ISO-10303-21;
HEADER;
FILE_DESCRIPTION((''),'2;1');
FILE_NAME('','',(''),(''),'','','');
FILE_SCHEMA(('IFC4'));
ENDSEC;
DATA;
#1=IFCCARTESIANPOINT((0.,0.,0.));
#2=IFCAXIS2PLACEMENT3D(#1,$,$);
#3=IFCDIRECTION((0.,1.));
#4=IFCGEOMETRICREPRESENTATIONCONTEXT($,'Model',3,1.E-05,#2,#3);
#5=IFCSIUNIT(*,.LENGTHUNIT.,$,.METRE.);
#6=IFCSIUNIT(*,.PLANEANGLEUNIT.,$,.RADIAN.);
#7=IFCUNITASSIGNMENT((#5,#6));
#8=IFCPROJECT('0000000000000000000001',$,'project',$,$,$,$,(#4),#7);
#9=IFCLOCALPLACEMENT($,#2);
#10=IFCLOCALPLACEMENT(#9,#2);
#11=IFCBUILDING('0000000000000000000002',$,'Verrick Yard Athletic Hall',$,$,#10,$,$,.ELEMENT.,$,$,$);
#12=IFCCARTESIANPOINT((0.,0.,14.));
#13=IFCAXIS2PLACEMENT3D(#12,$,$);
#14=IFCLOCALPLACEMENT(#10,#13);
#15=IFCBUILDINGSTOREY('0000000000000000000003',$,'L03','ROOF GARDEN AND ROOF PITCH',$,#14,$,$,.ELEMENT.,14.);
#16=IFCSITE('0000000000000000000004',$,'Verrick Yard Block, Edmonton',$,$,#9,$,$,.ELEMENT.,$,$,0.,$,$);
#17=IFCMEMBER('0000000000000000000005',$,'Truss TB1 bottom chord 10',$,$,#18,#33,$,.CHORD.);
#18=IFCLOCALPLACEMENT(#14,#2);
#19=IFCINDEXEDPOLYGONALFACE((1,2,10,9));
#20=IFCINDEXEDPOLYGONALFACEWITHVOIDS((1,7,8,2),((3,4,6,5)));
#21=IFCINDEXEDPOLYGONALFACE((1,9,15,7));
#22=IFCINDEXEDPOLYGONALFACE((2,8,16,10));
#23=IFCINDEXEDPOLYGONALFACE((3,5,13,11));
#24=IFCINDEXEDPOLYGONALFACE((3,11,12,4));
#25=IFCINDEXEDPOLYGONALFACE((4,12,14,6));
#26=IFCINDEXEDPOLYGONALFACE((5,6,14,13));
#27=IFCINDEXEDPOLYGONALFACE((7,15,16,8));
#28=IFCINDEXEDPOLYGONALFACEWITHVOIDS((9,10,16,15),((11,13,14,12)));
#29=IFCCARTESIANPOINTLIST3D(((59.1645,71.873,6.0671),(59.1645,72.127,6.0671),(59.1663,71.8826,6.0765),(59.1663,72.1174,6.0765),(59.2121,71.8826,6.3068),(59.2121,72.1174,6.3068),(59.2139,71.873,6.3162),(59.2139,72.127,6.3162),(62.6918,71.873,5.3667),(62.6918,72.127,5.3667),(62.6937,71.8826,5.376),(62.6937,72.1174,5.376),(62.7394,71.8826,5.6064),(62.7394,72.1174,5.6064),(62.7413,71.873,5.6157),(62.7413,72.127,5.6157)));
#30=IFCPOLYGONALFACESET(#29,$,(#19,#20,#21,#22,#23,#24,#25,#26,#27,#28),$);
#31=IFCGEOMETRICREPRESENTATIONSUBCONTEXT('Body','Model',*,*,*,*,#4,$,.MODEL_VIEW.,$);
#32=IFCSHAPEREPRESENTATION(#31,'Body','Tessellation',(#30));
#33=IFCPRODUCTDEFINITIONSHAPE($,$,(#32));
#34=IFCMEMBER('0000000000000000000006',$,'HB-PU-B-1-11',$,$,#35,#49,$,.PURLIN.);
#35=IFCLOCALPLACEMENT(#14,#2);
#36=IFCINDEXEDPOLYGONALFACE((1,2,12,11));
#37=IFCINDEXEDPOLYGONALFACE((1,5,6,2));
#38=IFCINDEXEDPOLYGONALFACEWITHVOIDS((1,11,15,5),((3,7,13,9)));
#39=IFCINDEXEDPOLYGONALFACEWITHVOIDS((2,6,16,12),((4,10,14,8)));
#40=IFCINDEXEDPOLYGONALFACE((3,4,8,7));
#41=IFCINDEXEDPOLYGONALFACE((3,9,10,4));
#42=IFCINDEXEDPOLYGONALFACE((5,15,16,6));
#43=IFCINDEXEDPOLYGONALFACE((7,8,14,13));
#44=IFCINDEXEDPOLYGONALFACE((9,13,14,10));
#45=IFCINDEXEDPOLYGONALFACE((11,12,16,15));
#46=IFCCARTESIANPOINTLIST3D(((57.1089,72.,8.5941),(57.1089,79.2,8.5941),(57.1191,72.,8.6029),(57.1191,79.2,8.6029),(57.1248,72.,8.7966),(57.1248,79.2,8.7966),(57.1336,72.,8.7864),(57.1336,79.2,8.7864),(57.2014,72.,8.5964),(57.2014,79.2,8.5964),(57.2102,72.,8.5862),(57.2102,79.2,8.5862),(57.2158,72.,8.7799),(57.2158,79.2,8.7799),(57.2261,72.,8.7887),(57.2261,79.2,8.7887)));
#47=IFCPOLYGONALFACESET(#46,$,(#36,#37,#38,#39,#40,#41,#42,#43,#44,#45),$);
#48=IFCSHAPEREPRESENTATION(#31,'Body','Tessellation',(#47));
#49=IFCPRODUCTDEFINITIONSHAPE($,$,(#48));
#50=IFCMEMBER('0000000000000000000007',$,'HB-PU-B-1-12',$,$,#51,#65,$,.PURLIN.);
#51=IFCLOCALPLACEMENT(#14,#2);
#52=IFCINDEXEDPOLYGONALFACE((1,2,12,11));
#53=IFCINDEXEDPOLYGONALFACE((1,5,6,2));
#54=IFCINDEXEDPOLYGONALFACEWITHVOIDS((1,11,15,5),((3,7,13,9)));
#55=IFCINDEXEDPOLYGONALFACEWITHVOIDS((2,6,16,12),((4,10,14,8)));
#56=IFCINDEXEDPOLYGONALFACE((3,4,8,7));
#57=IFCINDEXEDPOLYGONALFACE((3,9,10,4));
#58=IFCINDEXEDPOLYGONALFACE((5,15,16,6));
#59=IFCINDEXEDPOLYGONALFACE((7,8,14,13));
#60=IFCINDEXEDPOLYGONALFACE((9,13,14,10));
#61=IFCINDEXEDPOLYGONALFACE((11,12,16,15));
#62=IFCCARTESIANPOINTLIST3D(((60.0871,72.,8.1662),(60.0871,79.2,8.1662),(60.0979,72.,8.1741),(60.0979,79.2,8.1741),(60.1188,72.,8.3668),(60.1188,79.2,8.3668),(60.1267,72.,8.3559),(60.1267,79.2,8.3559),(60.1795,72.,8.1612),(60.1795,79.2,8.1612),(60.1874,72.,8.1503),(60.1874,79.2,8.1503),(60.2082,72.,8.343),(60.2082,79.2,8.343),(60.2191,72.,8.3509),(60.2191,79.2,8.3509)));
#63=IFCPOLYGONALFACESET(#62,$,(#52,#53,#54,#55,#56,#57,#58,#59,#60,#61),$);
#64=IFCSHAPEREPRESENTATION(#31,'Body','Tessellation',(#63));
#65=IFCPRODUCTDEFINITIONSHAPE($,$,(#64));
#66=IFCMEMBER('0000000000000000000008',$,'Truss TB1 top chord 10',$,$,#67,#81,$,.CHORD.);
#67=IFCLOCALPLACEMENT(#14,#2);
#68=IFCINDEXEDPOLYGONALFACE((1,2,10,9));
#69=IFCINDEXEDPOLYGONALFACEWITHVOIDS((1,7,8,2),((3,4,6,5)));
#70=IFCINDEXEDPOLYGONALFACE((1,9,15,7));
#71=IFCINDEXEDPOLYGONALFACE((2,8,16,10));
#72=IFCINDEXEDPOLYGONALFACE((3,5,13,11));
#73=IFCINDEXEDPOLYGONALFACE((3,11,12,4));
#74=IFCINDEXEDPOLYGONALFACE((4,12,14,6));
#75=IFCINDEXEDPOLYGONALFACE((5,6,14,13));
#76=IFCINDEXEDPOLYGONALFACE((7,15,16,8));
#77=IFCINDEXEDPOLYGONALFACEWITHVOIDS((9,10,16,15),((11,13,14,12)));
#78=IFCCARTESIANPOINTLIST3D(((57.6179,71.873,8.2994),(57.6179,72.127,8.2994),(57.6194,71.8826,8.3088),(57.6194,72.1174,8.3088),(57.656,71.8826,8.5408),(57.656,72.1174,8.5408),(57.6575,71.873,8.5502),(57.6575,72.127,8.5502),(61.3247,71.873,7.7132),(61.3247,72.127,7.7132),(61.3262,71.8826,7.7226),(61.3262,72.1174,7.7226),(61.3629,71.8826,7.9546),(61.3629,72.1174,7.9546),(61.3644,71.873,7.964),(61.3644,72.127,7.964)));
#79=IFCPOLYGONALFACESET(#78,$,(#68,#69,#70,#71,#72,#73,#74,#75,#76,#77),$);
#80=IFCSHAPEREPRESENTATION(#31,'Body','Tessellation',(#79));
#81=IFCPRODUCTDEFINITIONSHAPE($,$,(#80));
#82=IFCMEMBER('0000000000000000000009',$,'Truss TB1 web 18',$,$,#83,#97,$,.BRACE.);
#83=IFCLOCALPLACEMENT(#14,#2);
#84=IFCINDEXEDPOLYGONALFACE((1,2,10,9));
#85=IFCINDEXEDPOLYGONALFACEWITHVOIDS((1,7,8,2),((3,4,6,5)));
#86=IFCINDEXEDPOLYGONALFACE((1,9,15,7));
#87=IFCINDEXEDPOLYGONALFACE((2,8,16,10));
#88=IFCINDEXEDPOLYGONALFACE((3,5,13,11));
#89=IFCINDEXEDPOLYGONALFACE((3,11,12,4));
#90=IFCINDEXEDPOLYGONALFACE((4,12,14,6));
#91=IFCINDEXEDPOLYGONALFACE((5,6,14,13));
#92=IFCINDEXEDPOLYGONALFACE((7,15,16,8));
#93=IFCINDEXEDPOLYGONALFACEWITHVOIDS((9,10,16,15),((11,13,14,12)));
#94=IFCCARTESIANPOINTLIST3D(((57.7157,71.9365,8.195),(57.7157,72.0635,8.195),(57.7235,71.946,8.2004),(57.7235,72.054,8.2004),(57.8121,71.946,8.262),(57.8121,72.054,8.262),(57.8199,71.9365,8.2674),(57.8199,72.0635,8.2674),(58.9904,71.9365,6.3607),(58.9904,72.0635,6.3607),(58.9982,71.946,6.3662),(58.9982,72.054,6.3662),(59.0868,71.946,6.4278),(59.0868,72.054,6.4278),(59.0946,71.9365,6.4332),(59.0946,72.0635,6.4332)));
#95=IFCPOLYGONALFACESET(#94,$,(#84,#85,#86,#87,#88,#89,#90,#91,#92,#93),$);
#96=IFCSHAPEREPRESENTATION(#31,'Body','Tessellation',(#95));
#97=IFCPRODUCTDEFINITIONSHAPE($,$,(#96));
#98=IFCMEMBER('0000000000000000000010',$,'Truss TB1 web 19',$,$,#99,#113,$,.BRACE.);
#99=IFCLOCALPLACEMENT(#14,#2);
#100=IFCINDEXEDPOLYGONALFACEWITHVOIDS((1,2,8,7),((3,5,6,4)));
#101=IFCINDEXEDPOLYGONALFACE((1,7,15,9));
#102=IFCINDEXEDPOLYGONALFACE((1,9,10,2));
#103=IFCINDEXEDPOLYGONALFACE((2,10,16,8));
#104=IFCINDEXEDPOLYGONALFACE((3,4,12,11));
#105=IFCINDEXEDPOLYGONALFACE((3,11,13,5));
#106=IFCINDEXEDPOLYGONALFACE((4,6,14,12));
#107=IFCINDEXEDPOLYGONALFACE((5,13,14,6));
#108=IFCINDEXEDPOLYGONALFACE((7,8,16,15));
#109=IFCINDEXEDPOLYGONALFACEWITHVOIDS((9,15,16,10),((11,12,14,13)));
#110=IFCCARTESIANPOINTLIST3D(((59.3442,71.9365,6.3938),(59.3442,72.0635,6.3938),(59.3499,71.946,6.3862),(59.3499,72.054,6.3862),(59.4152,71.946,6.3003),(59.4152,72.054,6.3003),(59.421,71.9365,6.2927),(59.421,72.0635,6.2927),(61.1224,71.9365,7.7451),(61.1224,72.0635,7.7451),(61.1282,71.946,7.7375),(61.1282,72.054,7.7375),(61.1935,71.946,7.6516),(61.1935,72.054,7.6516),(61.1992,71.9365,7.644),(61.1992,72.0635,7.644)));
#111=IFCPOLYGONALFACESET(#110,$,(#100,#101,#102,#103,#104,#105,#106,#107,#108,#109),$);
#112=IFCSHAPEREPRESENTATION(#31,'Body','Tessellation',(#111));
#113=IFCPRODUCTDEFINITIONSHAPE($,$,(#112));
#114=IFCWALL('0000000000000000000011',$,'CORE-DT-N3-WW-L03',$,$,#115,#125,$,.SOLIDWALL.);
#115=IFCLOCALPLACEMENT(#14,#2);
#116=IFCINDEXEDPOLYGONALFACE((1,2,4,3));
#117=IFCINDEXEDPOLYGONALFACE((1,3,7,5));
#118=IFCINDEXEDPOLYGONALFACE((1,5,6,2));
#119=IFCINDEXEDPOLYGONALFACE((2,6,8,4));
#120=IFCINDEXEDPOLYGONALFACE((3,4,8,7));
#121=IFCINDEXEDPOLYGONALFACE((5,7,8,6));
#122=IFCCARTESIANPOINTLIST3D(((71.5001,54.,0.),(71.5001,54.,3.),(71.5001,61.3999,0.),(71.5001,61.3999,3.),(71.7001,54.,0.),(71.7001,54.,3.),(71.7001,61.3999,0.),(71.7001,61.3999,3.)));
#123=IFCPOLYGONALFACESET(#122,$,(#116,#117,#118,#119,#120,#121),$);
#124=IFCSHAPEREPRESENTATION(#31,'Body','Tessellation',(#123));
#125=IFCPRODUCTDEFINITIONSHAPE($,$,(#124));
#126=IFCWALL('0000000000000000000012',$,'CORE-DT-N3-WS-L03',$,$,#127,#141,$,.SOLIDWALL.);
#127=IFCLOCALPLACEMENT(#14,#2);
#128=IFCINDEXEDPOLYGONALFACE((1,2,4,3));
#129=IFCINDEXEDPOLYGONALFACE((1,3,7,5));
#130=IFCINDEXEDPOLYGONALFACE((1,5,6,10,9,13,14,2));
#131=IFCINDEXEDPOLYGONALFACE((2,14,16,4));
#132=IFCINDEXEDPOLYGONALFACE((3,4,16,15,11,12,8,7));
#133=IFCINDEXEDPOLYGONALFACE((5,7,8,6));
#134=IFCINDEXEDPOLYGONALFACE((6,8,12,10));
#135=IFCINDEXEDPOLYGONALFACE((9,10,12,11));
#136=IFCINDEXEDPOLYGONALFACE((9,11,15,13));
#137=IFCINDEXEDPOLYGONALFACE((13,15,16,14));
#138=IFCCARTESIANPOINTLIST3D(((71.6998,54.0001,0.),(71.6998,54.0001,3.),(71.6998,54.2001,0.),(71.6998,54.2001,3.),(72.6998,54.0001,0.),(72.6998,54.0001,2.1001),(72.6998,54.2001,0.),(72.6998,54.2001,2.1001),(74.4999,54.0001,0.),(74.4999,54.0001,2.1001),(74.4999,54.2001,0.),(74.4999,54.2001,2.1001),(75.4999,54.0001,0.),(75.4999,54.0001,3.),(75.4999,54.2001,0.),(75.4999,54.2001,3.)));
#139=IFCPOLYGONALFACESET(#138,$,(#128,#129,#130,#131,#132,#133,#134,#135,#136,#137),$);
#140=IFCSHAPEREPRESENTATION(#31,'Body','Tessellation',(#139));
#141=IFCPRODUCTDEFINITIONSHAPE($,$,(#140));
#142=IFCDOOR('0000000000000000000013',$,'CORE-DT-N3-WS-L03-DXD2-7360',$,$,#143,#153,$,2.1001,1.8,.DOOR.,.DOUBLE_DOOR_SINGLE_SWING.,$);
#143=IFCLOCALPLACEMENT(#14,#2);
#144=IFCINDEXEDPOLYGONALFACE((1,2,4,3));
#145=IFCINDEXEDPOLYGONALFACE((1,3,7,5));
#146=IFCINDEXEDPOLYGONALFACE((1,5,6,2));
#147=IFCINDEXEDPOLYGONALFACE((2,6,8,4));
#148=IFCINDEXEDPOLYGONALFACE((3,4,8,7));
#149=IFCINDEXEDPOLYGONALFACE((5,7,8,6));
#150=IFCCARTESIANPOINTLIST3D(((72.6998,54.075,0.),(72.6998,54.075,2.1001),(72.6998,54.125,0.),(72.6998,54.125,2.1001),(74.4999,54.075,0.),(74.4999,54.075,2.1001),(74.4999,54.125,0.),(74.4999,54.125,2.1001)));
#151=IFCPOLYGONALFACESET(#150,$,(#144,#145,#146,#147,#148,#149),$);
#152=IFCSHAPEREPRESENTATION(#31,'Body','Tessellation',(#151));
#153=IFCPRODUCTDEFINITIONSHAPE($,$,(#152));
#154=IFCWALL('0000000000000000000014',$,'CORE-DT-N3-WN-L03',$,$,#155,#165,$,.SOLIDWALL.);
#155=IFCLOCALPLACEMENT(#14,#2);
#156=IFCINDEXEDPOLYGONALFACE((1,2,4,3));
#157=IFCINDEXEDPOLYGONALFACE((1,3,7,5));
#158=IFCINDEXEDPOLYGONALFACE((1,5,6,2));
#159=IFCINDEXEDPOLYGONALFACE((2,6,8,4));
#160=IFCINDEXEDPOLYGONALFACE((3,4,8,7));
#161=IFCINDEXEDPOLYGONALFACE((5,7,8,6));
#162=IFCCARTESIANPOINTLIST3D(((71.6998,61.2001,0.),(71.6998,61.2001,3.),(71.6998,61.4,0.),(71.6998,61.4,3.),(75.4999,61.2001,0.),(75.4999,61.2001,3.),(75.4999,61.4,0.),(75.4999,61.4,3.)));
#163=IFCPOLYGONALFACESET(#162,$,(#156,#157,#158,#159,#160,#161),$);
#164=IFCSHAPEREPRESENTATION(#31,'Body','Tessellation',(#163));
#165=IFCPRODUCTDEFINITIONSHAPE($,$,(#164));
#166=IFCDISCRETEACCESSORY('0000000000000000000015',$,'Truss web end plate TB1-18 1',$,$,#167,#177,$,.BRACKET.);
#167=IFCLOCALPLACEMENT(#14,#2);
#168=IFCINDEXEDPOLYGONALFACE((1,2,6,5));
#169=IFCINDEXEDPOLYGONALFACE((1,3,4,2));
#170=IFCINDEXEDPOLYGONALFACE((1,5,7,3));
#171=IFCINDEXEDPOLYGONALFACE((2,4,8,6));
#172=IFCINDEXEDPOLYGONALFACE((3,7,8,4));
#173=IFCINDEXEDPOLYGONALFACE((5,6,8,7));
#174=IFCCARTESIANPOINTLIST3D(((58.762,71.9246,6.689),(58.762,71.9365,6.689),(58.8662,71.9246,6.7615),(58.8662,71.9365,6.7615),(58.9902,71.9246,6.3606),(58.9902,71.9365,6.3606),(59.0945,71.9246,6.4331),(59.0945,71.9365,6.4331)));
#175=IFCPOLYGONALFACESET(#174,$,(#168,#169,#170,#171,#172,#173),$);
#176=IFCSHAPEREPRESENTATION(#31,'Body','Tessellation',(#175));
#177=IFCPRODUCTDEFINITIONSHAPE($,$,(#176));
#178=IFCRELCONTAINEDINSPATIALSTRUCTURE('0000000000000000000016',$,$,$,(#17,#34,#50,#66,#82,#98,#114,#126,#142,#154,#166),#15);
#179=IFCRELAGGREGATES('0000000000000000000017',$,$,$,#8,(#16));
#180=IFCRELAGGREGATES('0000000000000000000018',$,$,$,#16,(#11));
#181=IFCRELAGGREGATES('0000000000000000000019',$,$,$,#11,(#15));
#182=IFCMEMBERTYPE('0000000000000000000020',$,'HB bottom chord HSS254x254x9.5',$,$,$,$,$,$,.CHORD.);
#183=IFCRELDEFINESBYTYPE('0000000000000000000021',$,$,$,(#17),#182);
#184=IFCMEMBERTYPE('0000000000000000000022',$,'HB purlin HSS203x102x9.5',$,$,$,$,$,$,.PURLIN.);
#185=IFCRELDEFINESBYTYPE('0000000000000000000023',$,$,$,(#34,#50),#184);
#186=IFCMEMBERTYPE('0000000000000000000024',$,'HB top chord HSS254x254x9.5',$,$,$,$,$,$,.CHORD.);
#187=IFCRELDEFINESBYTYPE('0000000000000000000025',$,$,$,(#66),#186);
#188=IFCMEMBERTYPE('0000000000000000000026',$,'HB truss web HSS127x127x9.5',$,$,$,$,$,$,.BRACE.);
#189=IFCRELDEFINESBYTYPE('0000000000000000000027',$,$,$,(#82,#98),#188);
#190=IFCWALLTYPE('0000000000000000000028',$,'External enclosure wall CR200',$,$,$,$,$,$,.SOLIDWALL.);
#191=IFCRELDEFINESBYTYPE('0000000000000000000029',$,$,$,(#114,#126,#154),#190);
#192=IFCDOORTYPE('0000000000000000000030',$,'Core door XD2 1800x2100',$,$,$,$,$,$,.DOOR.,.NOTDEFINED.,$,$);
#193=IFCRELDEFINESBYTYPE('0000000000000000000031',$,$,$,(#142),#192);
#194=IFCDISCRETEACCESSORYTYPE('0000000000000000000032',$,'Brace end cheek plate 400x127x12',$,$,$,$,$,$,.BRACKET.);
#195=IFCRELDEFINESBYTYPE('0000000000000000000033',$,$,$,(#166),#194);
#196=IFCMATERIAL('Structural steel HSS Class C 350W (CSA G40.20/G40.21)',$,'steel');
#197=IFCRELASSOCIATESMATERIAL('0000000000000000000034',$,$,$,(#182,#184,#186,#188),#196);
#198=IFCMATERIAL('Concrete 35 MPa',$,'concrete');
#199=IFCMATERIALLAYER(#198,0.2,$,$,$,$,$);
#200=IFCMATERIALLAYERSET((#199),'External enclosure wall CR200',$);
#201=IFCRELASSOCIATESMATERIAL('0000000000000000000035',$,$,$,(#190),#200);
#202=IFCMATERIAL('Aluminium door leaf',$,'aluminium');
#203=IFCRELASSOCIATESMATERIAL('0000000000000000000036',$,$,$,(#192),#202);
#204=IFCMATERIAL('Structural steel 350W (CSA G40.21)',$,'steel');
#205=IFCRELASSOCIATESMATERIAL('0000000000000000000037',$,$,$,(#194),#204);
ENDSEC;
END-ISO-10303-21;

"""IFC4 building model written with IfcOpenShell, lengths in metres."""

from ifc_helpers import new_model, si_unit, direction, frame, frame_2d, origin, origin_2d, place, context, subcontext, project, spatial, rectangle, hollow_rectangle, extrude, material, layer, layer_set, material_profile, profile_set, type_object, element, fill, save


model = new_model("IFC4")

# Units and contexts
model_context = context("Model", 3, precision=1e-05, world=origin(), true_north=direction((0.0, 1.0)))
body_context = subcontext(model_context, "Body", "Model", "MODEL_VIEW")
ifc_project = project(units=[si_unit("LENGTHUNIT", "METRE"), si_unit("PLANEANGLEUNIT", "RADIAN")], contexts=[model_context])

# Site, building, storey
site_placement = place(None, origin())
site = spatial("IfcSite", under=ifc_project, at=site_placement, Name="Verrick Yard Block, Edmonton", CompositionType="ELEMENT", RefElevation=0.0)
building_placement = place(site_placement, origin())
building = spatial("IfcBuilding", under=site, at=building_placement, Name="Verrick Yard Athletic Hall", CompositionType="ELEMENT")
storey_placement = place(building_placement, frame((0.0, 0.0, 14.0)))
storey = spatial("IfcBuildingStorey", under=building, at=storey_placement, Name="L03", Description="ROOF GARDEN AND ROOF PITCH", CompositionType="ELEMENT", Elevation=14.0)

# Members
ifc_material_1 = material(Name="Structural steel HSS Class C 350W (CSA G40.20/G40.21)", Category="steel")
ifc_material_profile_1 = material_profile(ifc_material_1, hollow_rectangle(XDim=0.2539, YDim=0.2539, WallThickness=0.0095, at=origin_2d()), Name="HSS254x254x9.5")
ifc_profile_set_1 = profile_set([ifc_material_profile_1], Name="Structural steel HSS Class C 350W (CSA G40.20/G40.21)")
member_type_1 = type_object("IfcMemberType", Name="HB bottom chord HSS254x254x9.5", PredefinedType="CHORD", material=ifc_profile_set_1)
member_1_placement = place(storey_placement, frame((59.1892, 72.0, 6.1917), z_axis=(0.980849, 0.0, -0.194771), x_axis=(0.0, 1.0, 0.0)))
element("IfcMember", 1, at=member_1_placement, inside=storey, type_object=member_type_1, Name="Truss TB1 bottom chord 10", PredefinedType="CHORD", context=body_context, shape_type="SweptSolid", body=[
    extrude(hollow_rectangle(XDim=0.2539, YDim=0.2539, WallThickness=0.0095, at=origin_2d()), origin(), (0.0, 0.0, 1.0), 3.5962),
])
ifc_material_profile_2 = material_profile(ifc_material_1, hollow_rectangle(XDim=0.1016, YDim=0.2031, WallThickness=0.0095, at=origin_2d()), Name="HSS203x102x9.5")
ifc_profile_set_2 = profile_set([ifc_material_profile_2], Name="Structural steel HSS Class C 350W (CSA G40.20/G40.21)")
member_type_2 = type_object("IfcMemberType", Name="HB purlin HSS203x102x9.5", PredefinedType="PURLIN", material=ifc_profile_set_2)
for number, where, z_axis, x_axis, name in (
    (2, (57.1675, 72.0, 8.6914), (0.0, 1.0, 0.0), (-0.996927, 0.0, 0.078332), "HB-PU-B-1-11"),
    (3, (60.1531, 72.0, 8.2585), (0.0, 1.0, 0.0), (-0.987728, 0.0, 0.156183), "HB-PU-B-1-12"),
):
    element("IfcMember", number, at=place(storey_placement, frame(where, z_axis=z_axis, x_axis=x_axis)), inside=storey, type_object=member_type_2, Name=name, PredefinedType="PURLIN", context=body_context, shape_type="SweptSolid", body=[
        extrude(hollow_rectangle(XDim=0.1016, YDim=0.2031, WallThickness=0.0095, at=origin_2d()), origin(), (0.0, 0.0, 1.0), 7.2),
    ])
ifc_material_profile_3 = material_profile(ifc_material_1, hollow_rectangle(XDim=0.2539, YDim=0.2539, WallThickness=0.0095, at=origin_2d()), Name="HSS254x254x9.5")
ifc_profile_set_3 = profile_set([ifc_material_profile_3], Name="Structural steel HSS Class C 350W (CSA G40.20/G40.21)")
member_type_3 = type_object("IfcMemberType", Name="HB top chord HSS254x254x9.5", PredefinedType="CHORD", material=ifc_profile_set_3)
member_2_placement = place(storey_placement, frame((57.6377, 72.0, 8.4248), z_axis=(0.987726, 0.0, -0.156196), x_axis=(0.0, 1.0, 0.0)))
element("IfcMember", 4, at=member_2_placement, inside=storey, type_object=member_type_3, Name="Truss TB1 top chord 10", PredefinedType="CHORD", context=body_context, shape_type="SweptSolid", body=[
    extrude(hollow_rectangle(XDim=0.2539, YDim=0.2539, WallThickness=0.0095, at=origin_2d()), origin(), (0.0, 0.0, 1.0), 3.7529),
])
ifc_material_profile_4 = material_profile(ifc_material_1, hollow_rectangle(XDim=0.127, YDim=0.127, WallThickness=0.0095, at=origin_2d()), Name="HSS127x127x9.5")
ifc_profile_set_4 = profile_set([ifc_material_profile_4], Name="Structural steel HSS Class C 350W (CSA G40.20/G40.21)")
member_type_4 = type_object("IfcMemberType", Name="HB truss web HSS127x127x9.5", PredefinedType="BRACE", material=ifc_profile_set_4)
member_3_placement = place(storey_placement, frame((57.7678, 72.0, 8.2312), z_axis=(0.570664, 0.0, -0.821184), x_axis=(0.0, 1.0, 0.0)))
element("IfcMember", 5, at=member_3_placement, inside=storey, type_object=member_type_4, Name="Truss TB1 web 18", PredefinedType="BRACE", context=body_context, shape_type="SweptSolid", body=[
    extrude(hollow_rectangle(XDim=0.127, YDim=0.127, WallThickness=0.0095, at=origin_2d()), origin(), (0.0, 0.0, 1.0), 2.2336),
])
member_4_placement = place(storey_placement, frame((59.3826, 72.0, 6.3433), z_axis=(0.796206, 0.0, 0.605025), x_axis=(0.0, 1.0, 0.0)))
element("IfcMember", 6, at=member_4_placement, inside=storey, type_object=member_type_4, Name="Truss TB1 web 19", PredefinedType="BRACE", context=body_context, shape_type="SweptSolid", body=[
    extrude(hollow_rectangle(XDim=0.127, YDim=0.127, WallThickness=0.0095, at=origin_2d()), origin(), (0.0, 0.0, 1.0), 2.2334),
])

# Wall
ifc_material_2 = material(Name="Concrete 35 MPa", Category="concrete")
ifc_layer = layer(ifc_material_2, 0.2)
ifc_layer_set = layer_set([ifc_layer], Name="External enclosure wall CR200")
wall_type = type_object("IfcWallType", Name="External enclosure wall CR200", PredefinedType="SOLIDWALL", material=ifc_layer_set)
wall_1_placement = place(storey_placement, frame((71.6001, 54.0, 0.0), z_axis=(0.0, 0.0, 1.0), x_axis=(0.0, 1.0, 0.0)))
element("IfcWall", 7, at=wall_1_placement, inside=storey, type_object=wall_type, Name="CORE-DT-N3-WW-L03", PredefinedType="SOLIDWALL", context=body_context, shape_type="SweptSolid", body=[
    extrude(rectangle(XDim=7.3999, YDim=0.2, at=frame_2d((3.7, 0.0))), origin(), (0.0, 0.0, 1.0), 3.0),
])

# Wall, opening, door
wall_2_placement = place(storey_placement, frame((71.7, 54.1001, 0.0), z_axis=(0.0, 0.0, 1.0), x_axis=(1.0, 0.0, 0.0)))
wall_2 = element("IfcWall", 8, at=wall_2_placement, inside=storey, type_object=wall_type, Name="CORE-DT-N3-WS-L03", PredefinedType="SOLIDWALL", context=body_context, shape_type="SweptSolid", body=[
    extrude(rectangle(XDim=3.8, YDim=0.2, at=frame_2d((1.8999, 0.0))), origin(), (0.0, 0.0, 1.0), 3.0),
])
opening_placement = place(wall_2_placement, frame((1.0, 0.0, 0.0)))
opening = element("IfcOpeningElement", 9, at=opening_placement, cuts=wall_2, PredefinedType="OPENING", context=body_context, shape_type="SweptSolid", body=[
    extrude(rectangle(XDim=1.8, YDim=2.1001, at=frame_2d((0.8999, 1.05))), frame((0.0, 0.1099, 0.0), z_axis=(0.0, -1.0, 0.0), x_axis=(1.0, 0.0, 0.0)), (0.0, 0.0, 1.0), 0.22),
])
ifc_material_3 = material(Name="Aluminium door leaf", Category="aluminium")
door_type = type_object("IfcDoorType", Name="Core door XD2 1800x2100", OperationType="NOTDEFINED", PredefinedType="DOOR", material=ifc_material_3)
door_placement = place(opening_placement, origin())
door = element("IfcDoor", 10, at=door_placement, inside=storey, type_object=door_type, Name="CORE-DT-N3-WS-L03-DXD2-7360", OperationType="DOUBLE_DOOR_SINGLE_SWING", OverallHeight=2.1001, OverallWidth=1.8, PredefinedType="DOOR", context=body_context, shape_type="SweptSolid", body=[
    extrude(rectangle(XDim=1.8, YDim=2.1001, at=frame_2d((0.8999, 1.05))), frame((0.0, 0.0249, 0.0), z_axis=(0.0, -1.0, 0.0), x_axis=(1.0, 0.0, 0.0)), (0.0, 0.0, 1.0), 0.05),
])
fill(opening, door)

# Wall
wall_3_placement = place(storey_placement, frame((71.7, 61.3, 0.0), z_axis=(0.0, 0.0, 1.0), x_axis=(1.0, 0.0, 0.0)))
element("IfcWall", 11, at=wall_3_placement, inside=storey, type_object=wall_type, Name="CORE-DT-N3-WN-L03", PredefinedType="SOLIDWALL", context=body_context, shape_type="SweptSolid", body=[
    extrude(rectangle(XDim=3.8, YDim=0.2, at=frame_2d((1.8999, 0.0))), origin(), (0.0, 0.0, 1.0), 3.0),
])

# Discrete accessory
ifc_material_4 = material(Name="Structural steel 350W (CSA G40.21)", Category="steel")
ifc_material_profile_5 = material_profile(ifc_material_4, rectangle(XDim=0.3999, YDim=0.127, at=origin_2d()), Name="Brace end cheek plate")
ifc_profile_set_5 = profile_set([ifc_material_profile_5], Name="Structural steel 350W (CSA G40.21)")
discrete_accessory_type_1 = type_object("IfcDiscreteAccessoryType", Name="Brace end cheek plate 400x127x12", PredefinedType="BRACKET", material=ifc_profile_set_5)
for number, where, z_axis, x_axis, name in (
    (12, (58.9282, 71.9365, 6.561), (0.0, -1.0, 0.0), (-0.570674, 0.0, 0.821176), "Truss web end plate TB1-18 1"),
):
    element("IfcDiscreteAccessory", number, at=place(storey_placement, frame(where, z_axis=z_axis, x_axis=x_axis)), inside=storey, type_object=discrete_accessory_type_1, Name=name, PredefinedType="BRACKET", context=body_context, shape_type="SweptSolid", body=[
        extrude(rectangle(XDim=0.3999, YDim=0.127, at=origin_2d()), origin(), (0.0, 0.0, 1.0), 0.012),
    ])

save(model, "model.ifc")
